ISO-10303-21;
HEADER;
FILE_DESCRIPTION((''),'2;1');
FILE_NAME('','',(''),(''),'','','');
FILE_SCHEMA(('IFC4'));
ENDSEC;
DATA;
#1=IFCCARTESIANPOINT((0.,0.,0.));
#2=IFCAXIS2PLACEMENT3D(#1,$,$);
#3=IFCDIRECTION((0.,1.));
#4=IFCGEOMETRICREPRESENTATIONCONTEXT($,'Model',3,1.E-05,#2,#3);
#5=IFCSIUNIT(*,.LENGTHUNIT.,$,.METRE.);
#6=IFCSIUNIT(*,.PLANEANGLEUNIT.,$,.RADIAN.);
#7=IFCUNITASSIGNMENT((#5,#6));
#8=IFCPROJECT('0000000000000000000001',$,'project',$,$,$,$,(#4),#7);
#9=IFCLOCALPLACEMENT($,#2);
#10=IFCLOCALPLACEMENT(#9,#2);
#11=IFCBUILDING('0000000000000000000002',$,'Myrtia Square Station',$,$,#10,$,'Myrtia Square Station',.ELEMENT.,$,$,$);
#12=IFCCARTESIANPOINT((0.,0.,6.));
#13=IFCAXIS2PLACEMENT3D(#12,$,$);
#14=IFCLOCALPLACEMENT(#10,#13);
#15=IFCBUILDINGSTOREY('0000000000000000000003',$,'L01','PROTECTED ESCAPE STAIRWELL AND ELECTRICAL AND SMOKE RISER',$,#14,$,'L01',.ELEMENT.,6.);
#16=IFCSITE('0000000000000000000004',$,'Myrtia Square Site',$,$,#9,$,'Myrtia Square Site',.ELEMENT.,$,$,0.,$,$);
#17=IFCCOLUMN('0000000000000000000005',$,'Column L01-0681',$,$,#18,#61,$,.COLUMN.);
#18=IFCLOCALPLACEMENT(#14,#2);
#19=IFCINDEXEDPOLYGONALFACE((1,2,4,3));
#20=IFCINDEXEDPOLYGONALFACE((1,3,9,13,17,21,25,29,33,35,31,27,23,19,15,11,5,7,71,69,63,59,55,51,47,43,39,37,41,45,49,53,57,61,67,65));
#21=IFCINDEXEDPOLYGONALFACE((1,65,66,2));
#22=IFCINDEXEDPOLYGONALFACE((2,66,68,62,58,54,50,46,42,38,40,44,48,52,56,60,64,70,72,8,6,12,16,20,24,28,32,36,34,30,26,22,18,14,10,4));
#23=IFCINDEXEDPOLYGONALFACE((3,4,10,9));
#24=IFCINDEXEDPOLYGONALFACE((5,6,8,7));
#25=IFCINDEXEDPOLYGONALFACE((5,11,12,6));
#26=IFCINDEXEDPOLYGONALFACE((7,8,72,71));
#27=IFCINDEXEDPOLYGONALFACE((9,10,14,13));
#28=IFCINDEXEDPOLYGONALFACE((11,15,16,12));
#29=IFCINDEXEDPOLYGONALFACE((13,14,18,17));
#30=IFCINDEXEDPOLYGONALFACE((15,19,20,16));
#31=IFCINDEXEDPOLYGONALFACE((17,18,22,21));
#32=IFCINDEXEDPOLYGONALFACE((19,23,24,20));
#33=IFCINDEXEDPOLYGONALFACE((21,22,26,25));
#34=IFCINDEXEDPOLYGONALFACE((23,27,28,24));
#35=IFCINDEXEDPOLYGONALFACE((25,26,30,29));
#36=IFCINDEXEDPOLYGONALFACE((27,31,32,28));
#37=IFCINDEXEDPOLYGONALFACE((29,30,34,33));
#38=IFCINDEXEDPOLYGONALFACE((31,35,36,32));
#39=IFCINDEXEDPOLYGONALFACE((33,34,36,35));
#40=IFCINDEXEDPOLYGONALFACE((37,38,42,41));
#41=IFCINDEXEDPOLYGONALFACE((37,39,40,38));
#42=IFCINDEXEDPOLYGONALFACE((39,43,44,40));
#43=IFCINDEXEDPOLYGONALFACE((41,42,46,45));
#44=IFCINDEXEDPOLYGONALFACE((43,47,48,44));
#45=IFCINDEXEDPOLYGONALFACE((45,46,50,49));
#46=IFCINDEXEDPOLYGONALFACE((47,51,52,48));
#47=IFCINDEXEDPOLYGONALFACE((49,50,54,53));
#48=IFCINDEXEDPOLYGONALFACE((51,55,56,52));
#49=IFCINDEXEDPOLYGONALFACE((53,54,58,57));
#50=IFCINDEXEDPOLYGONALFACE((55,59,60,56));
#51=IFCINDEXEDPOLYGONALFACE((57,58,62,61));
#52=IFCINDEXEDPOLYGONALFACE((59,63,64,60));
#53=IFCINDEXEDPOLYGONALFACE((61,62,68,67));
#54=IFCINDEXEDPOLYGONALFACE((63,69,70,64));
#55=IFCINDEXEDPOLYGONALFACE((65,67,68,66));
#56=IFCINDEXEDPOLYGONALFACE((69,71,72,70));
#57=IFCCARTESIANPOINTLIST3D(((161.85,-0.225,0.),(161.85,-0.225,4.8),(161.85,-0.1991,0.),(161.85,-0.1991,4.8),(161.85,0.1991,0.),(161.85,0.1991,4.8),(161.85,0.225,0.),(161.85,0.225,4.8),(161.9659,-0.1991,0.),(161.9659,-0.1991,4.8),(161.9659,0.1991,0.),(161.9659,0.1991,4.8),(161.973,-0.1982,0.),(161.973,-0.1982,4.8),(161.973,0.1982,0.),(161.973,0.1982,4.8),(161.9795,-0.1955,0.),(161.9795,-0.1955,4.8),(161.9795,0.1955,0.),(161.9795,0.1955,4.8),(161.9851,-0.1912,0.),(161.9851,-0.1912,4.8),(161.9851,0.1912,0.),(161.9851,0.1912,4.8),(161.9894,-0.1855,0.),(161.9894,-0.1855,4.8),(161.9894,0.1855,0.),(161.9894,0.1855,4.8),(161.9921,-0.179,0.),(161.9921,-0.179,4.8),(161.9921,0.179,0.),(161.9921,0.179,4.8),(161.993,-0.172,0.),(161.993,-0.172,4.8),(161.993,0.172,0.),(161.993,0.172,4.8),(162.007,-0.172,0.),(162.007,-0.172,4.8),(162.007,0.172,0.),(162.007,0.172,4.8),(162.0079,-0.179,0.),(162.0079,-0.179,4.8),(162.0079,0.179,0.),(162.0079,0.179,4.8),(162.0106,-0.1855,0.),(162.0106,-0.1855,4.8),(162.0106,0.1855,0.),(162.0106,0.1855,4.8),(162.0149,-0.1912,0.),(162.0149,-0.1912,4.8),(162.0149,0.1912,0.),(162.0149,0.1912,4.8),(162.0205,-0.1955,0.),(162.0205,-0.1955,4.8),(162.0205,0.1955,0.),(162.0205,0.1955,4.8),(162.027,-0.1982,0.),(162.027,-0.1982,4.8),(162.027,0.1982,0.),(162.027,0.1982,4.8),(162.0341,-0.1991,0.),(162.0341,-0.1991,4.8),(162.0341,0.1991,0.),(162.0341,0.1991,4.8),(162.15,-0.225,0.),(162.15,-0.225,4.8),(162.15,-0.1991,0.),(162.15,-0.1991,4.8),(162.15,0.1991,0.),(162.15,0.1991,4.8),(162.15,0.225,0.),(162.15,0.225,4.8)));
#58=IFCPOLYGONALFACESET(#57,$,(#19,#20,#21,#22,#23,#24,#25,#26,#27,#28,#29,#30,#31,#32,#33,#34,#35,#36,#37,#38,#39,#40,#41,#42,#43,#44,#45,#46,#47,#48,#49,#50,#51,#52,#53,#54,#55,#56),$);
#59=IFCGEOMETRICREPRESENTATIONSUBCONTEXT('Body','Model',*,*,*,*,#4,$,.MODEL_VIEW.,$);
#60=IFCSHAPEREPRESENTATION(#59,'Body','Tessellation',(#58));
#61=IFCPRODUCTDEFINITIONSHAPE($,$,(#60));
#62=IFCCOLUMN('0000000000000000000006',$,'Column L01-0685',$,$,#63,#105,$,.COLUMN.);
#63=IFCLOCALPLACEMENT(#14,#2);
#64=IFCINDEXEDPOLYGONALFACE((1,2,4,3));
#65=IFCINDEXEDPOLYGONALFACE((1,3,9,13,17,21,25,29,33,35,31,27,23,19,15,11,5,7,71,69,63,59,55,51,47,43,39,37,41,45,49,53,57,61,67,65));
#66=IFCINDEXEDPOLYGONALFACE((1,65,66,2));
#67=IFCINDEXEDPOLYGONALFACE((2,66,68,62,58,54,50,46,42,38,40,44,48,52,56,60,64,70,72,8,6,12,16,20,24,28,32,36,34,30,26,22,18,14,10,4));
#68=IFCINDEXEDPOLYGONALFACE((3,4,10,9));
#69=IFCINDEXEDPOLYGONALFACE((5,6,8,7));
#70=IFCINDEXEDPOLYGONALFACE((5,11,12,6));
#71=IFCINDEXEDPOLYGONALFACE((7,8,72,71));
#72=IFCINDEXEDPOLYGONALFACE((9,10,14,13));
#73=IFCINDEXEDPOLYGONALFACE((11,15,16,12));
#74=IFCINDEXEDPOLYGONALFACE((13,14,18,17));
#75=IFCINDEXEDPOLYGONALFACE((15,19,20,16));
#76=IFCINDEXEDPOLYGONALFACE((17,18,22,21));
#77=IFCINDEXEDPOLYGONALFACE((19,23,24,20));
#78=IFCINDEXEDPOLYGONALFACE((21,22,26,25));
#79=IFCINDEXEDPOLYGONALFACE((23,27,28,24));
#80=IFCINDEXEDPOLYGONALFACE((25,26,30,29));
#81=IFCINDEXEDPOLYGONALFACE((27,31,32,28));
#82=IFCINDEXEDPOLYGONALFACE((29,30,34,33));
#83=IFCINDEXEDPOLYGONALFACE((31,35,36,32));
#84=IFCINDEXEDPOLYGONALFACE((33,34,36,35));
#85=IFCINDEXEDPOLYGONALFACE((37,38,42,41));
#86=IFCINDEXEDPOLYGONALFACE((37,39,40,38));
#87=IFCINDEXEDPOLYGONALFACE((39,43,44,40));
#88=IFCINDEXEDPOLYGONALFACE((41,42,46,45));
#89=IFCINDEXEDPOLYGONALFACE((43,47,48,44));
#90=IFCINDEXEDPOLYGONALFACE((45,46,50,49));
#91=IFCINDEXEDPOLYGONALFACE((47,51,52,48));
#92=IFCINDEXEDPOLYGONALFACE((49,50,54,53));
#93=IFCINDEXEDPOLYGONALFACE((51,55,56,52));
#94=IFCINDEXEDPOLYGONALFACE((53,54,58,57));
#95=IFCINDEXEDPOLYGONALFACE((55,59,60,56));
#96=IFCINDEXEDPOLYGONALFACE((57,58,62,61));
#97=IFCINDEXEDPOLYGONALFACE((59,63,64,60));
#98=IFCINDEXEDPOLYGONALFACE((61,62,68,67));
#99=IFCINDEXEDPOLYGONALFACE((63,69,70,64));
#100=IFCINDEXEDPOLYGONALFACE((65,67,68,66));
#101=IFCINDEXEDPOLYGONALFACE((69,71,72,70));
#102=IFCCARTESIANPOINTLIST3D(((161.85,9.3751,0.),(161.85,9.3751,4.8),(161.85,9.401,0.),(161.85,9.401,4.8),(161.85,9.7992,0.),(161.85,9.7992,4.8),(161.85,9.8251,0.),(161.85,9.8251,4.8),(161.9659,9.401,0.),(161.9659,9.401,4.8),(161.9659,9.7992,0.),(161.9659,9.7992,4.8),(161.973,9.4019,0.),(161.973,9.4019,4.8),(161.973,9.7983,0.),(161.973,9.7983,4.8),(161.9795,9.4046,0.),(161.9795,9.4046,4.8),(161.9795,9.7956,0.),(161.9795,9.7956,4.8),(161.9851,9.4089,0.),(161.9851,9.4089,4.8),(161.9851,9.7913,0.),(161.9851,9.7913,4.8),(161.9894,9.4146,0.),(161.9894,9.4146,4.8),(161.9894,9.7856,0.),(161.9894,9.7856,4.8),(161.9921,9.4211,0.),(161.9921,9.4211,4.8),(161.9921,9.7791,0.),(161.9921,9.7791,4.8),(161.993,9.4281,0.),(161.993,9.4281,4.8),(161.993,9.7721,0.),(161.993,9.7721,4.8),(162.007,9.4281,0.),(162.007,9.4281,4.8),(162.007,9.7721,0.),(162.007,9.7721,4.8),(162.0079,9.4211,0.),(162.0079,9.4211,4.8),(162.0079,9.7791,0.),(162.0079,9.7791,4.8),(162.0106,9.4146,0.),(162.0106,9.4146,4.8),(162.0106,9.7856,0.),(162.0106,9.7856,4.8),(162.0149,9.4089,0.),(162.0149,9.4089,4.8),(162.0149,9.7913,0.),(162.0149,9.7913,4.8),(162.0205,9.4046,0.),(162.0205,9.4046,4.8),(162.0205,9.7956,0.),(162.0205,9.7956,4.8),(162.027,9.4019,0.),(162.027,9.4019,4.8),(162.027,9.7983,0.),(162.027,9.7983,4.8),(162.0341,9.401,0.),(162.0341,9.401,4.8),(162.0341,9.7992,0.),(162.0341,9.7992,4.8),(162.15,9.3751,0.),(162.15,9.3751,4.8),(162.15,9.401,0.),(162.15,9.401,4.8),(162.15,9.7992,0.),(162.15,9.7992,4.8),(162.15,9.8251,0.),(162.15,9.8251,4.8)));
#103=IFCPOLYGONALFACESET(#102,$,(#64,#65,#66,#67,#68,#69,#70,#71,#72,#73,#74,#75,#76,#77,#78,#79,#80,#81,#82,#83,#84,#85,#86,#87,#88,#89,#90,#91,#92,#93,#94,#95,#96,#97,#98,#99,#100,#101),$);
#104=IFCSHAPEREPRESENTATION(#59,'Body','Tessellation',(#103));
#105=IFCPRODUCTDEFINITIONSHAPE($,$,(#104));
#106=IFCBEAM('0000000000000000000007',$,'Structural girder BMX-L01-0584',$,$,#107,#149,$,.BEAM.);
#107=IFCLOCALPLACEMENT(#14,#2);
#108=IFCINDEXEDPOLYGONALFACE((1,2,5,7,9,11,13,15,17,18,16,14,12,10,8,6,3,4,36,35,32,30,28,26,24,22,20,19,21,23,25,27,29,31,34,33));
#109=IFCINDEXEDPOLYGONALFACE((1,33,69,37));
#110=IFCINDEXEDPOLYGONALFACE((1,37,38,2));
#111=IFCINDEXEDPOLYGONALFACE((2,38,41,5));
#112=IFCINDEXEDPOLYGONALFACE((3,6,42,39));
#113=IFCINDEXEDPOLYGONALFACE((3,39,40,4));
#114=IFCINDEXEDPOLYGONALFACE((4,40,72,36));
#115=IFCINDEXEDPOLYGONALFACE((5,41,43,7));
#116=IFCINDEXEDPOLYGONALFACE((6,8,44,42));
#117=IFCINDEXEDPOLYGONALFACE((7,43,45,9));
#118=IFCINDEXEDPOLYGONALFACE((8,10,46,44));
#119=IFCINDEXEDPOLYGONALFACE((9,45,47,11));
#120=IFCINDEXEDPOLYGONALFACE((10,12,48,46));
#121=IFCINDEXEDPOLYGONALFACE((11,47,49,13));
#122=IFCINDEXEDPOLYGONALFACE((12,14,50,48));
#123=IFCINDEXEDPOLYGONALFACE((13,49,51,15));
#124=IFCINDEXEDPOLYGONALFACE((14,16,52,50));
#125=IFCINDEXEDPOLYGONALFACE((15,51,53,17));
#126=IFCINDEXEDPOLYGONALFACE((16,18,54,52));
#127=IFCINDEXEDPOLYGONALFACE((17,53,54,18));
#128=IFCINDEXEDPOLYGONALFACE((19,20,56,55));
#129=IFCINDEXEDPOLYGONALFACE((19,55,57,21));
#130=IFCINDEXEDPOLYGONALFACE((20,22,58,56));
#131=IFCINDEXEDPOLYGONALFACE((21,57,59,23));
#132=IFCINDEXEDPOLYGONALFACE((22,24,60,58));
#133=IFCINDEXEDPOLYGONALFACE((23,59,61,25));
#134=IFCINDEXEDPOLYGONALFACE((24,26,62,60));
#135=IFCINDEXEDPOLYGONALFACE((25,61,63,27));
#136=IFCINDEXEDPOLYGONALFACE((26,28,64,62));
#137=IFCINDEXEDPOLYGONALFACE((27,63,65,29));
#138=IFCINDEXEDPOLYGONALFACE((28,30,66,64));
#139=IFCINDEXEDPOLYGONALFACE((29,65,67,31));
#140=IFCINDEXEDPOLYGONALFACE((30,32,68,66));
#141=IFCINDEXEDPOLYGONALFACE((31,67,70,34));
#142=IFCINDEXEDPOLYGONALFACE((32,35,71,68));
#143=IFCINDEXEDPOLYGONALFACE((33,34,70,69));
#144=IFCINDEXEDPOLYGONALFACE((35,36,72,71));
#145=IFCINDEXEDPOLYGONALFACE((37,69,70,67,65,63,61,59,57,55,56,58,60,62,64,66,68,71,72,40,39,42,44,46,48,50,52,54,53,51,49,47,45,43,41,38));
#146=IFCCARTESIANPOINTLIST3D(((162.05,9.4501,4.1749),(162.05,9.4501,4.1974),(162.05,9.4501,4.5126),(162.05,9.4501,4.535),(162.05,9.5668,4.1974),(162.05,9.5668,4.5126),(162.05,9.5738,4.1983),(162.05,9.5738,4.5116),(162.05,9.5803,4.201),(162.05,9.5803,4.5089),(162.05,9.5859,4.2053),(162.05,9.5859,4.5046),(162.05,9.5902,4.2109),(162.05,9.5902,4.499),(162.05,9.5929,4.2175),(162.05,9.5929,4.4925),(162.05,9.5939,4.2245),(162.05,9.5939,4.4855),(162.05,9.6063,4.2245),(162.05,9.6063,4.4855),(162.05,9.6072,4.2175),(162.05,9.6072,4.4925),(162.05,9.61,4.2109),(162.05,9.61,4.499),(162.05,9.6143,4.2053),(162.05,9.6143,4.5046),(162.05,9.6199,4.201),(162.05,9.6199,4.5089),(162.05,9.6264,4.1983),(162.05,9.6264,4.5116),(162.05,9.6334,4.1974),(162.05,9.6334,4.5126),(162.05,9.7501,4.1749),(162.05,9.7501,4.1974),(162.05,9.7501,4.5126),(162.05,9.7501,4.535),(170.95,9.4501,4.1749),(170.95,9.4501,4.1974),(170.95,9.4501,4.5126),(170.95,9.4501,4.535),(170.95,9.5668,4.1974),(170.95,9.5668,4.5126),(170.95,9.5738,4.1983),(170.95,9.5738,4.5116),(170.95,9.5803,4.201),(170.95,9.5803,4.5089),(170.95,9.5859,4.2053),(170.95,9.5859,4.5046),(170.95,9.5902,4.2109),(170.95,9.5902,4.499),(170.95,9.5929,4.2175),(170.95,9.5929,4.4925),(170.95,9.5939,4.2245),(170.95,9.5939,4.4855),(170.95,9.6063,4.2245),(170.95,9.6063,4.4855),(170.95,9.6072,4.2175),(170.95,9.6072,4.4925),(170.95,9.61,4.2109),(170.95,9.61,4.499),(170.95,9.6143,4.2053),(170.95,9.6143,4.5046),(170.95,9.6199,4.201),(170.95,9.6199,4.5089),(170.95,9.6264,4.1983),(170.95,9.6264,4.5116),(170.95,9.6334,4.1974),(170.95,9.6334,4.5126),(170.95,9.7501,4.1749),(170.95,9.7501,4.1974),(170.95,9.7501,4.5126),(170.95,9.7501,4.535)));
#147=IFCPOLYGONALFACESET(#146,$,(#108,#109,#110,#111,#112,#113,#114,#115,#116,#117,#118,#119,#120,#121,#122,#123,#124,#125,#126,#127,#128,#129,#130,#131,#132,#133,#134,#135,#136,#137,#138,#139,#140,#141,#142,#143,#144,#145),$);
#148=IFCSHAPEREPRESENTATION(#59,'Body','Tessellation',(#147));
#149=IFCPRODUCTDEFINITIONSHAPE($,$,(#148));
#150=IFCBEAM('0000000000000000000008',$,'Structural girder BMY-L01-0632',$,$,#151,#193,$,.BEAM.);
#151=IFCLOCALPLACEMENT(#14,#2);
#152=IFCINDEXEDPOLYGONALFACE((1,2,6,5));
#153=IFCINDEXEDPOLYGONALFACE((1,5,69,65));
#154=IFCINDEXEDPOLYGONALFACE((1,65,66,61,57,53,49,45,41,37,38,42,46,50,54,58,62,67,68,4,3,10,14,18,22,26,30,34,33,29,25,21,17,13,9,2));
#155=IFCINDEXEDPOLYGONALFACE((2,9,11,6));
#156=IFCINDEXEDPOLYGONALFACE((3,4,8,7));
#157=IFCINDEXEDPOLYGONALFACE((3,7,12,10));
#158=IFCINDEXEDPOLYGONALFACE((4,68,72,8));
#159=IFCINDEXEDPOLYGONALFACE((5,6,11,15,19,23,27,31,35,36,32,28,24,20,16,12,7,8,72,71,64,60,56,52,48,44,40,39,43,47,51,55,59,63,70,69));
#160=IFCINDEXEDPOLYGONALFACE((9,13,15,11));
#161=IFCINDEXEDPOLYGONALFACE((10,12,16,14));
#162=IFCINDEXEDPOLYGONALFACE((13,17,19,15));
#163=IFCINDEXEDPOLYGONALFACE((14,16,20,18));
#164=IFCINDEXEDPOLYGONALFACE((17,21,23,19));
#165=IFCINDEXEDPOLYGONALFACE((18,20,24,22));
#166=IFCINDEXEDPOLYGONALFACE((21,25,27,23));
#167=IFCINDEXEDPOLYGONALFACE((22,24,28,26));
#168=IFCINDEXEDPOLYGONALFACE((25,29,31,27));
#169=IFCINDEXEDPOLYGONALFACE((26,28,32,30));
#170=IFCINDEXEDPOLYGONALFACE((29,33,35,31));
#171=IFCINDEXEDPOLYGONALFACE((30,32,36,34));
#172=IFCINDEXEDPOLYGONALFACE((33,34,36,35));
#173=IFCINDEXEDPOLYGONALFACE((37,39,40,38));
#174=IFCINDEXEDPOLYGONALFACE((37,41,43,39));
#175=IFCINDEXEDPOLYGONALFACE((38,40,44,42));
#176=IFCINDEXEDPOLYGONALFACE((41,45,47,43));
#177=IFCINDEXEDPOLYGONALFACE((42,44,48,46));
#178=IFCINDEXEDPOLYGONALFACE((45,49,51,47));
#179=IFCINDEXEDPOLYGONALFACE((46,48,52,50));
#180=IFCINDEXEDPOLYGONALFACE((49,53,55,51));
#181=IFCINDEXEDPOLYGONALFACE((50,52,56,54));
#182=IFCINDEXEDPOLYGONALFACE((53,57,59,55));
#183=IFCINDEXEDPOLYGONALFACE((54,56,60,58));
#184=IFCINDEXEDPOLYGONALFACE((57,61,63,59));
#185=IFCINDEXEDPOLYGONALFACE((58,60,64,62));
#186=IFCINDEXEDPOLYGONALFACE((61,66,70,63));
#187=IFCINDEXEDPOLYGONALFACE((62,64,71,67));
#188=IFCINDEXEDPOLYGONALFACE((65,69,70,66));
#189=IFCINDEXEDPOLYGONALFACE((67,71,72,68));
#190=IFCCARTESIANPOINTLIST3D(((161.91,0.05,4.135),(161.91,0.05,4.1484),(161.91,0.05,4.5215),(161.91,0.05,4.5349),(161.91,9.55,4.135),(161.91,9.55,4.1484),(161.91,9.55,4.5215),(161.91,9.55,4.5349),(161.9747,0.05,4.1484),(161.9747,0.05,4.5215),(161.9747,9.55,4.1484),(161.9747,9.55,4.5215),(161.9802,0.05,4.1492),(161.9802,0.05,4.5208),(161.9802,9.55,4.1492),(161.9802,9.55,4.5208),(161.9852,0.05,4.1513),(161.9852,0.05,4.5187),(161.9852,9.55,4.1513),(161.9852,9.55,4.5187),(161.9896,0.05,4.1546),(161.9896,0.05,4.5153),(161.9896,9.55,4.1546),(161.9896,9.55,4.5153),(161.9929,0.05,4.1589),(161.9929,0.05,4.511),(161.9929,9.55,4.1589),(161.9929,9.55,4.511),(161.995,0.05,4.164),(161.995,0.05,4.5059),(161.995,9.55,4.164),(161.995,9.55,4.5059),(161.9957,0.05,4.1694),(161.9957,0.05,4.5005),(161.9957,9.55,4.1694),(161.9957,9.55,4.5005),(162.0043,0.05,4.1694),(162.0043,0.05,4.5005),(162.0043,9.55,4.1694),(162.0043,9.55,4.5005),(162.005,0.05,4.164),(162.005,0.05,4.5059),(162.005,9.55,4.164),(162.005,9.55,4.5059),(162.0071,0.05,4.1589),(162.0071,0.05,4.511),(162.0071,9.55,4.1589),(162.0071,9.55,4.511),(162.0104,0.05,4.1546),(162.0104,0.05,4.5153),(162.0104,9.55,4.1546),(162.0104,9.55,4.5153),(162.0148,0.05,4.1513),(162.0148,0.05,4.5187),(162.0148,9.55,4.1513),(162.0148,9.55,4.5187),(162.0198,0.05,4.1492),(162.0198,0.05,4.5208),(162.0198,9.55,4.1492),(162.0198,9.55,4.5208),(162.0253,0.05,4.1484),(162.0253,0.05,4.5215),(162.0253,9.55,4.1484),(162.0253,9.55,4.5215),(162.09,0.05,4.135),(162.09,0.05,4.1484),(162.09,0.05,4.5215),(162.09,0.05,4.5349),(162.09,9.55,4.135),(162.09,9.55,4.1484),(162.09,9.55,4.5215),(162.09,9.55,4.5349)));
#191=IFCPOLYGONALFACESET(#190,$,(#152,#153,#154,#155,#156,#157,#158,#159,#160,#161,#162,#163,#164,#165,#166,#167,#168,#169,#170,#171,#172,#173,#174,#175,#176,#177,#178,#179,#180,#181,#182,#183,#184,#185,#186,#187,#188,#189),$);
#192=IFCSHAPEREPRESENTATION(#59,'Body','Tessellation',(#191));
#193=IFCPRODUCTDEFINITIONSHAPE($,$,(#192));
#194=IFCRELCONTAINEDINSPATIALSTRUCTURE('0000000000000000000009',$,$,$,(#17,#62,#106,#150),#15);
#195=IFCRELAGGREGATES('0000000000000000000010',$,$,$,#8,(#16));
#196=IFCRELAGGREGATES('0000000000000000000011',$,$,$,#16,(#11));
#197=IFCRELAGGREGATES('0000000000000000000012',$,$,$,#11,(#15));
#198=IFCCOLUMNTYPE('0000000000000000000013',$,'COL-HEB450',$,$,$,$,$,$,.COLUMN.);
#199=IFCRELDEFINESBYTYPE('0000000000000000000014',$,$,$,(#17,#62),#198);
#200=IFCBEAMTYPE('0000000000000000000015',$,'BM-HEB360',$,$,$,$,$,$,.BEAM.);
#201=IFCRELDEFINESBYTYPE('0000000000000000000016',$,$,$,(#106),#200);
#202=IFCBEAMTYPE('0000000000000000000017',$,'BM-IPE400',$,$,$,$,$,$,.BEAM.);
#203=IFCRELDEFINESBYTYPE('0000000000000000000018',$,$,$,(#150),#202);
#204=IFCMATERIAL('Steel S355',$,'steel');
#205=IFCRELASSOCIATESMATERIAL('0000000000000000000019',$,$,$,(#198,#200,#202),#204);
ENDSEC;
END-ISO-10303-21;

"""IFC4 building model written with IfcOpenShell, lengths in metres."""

from ifc_helpers import new_model, si_unit, direction, frame, origin, origin_2d, place, context, subcontext, project, spatial, i_section, extrude, material, material_profile, profile_set, type_object, element, save


model = new_model("IFC4")

# Units and contexts
model_context = context("Model", 3, precision=1e-05, world=origin(), true_north=direction((0.0, 1.0)))
body_context = subcontext(model_context, "Body", "Model", "MODEL_VIEW")
ifc_project = project(units=[si_unit("LENGTHUNIT", "METRE"), si_unit("PLANEANGLEUNIT", "RADIAN")], contexts=[model_context])

# Site, building, storey
site_placement = place(None, origin())
site = spatial("IfcSite", under=ifc_project, at=site_placement, Name="Myrtia Square Site", LongName="Myrtia Square Site", CompositionType="ELEMENT", RefElevation=0.0)
building_placement = place(site_placement, origin())
building = spatial("IfcBuilding", under=site, at=building_placement, Name="Myrtia Square Station", LongName="Myrtia Square Station", CompositionType="ELEMENT")
storey_placement = place(building_placement, frame((0.0, 0.0, 6.0)))
storey = spatial("IfcBuildingStorey", under=building, at=storey_placement, Name="L01", Description="PROTECTED ESCAPE STAIRWELL AND ELECTRICAL AND SMOKE RISER", LongName="L01", CompositionType="ELEMENT", Elevation=6.0)

# Columns
ifc_material_1 = material(Name="Steel S355", Category="steel")
ifc_material_profile_1 = material_profile(ifc_material_1, i_section(OverallWidth=0.3, OverallDepth=0.45, WebThickness=0.0139, FlangeThickness=0.0259, FilletRadius=0.0271, at=origin_2d()), Name="HEB 450")
ifc_profile_set_1 = profile_set([ifc_material_profile_1], Name="Steel S355")
column_type = type_object("IfcColumnType", Name="COL-HEB450", PredefinedType="COLUMN", material=ifc_profile_set_1)
for number, where, z_axis, x_axis, name in (
    (1, (162.0, 0.0, 0.0), (0.0, 0.0, 1.0), (1.0, 0.0, 0.0), "Column L01-0681"),
    (2, (162.0, 9.6001, 0.0), (0.0, 0.0, 1.0), (1.0, 0.0, 0.0), "Column L01-0685"),
):
    element("IfcColumn", number, at=place(storey_placement, frame(where, z_axis=z_axis, x_axis=x_axis)), inside=storey, type_object=column_type, Name=name, PredefinedType="COLUMN", context=body_context, shape_type="SweptSolid", body=[
        extrude(i_section(OverallWidth=0.3, OverallDepth=0.45, WebThickness=0.0139, FlangeThickness=0.0259, FilletRadius=0.0271, at=origin_2d()), origin(), (0.0, 0.0, 1.0), 4.8),
    ])

# Beams
ifc_material_profile_2 = material_profile(ifc_material_1, i_section(OverallWidth=0.3, OverallDepth=0.3601, WebThickness=0.0125, FlangeThickness=0.0225, FilletRadius=0.0271, at=origin_2d()), Name="HEB 360")
ifc_profile_set_2 = profile_set([ifc_material_profile_2], Name="Steel S355")
beam_type_1 = type_object("IfcBeamType", Name="BM-HEB360", PredefinedType="BEAM", material=ifc_profile_set_2)
beam_1_placement = place(storey_placement, frame((162.05, 9.6001, 4.355), z_axis=(1.0, 0.0, 0.0), x_axis=(0.0, 1.0, 0.0)))
element("IfcBeam", 3, at=beam_1_placement, inside=storey, type_object=beam_type_1, Name="Structural girder BMX-L01-0584", PredefinedType="BEAM", context=body_context, shape_type="SweptSolid", body=[
    extrude(i_section(OverallWidth=0.3, OverallDepth=0.3601, WebThickness=0.0125, FlangeThickness=0.0225, FilletRadius=0.0271, at=origin_2d()), origin(), (0.0, 0.0, 1.0), 8.8999),
])
ifc_material_profile_3 = material_profile(ifc_material_1, i_section(OverallWidth=0.1799, OverallDepth=0.3999, WebThickness=0.0085, FlangeThickness=0.0134, FilletRadius=0.021, at=origin_2d()), Name="IPE 400")
ifc_profile_set_3 = profile_set([ifc_material_profile_3], Name="Steel S355")
beam_type_2 = type_object("IfcBeamType", Name="BM-IPE400", PredefinedType="BEAM", material=ifc_profile_set_3)
for number, where, z_axis, x_axis, name in (
    (4, (162.0, 0.05, 4.335), (0.0, 1.0, 0.0), (-1.0, 0.0, 0.0), "Structural girder BMY-L01-0632"),
):
    element("IfcBeam", number, at=place(storey_placement, frame(where, z_axis=z_axis, x_axis=x_axis)), inside=storey, type_object=beam_type_2, Name=name, PredefinedType="BEAM", context=body_context, shape_type="SweptSolid", body=[
        extrude(i_section(OverallWidth=0.1799, OverallDepth=0.3999, WebThickness=0.0085, FlangeThickness=0.0134, FilletRadius=0.021, at=origin_2d()), origin(), (0.0, 0.0, 1.0), 9.5),
    ])

save(model, "model.ifc")
